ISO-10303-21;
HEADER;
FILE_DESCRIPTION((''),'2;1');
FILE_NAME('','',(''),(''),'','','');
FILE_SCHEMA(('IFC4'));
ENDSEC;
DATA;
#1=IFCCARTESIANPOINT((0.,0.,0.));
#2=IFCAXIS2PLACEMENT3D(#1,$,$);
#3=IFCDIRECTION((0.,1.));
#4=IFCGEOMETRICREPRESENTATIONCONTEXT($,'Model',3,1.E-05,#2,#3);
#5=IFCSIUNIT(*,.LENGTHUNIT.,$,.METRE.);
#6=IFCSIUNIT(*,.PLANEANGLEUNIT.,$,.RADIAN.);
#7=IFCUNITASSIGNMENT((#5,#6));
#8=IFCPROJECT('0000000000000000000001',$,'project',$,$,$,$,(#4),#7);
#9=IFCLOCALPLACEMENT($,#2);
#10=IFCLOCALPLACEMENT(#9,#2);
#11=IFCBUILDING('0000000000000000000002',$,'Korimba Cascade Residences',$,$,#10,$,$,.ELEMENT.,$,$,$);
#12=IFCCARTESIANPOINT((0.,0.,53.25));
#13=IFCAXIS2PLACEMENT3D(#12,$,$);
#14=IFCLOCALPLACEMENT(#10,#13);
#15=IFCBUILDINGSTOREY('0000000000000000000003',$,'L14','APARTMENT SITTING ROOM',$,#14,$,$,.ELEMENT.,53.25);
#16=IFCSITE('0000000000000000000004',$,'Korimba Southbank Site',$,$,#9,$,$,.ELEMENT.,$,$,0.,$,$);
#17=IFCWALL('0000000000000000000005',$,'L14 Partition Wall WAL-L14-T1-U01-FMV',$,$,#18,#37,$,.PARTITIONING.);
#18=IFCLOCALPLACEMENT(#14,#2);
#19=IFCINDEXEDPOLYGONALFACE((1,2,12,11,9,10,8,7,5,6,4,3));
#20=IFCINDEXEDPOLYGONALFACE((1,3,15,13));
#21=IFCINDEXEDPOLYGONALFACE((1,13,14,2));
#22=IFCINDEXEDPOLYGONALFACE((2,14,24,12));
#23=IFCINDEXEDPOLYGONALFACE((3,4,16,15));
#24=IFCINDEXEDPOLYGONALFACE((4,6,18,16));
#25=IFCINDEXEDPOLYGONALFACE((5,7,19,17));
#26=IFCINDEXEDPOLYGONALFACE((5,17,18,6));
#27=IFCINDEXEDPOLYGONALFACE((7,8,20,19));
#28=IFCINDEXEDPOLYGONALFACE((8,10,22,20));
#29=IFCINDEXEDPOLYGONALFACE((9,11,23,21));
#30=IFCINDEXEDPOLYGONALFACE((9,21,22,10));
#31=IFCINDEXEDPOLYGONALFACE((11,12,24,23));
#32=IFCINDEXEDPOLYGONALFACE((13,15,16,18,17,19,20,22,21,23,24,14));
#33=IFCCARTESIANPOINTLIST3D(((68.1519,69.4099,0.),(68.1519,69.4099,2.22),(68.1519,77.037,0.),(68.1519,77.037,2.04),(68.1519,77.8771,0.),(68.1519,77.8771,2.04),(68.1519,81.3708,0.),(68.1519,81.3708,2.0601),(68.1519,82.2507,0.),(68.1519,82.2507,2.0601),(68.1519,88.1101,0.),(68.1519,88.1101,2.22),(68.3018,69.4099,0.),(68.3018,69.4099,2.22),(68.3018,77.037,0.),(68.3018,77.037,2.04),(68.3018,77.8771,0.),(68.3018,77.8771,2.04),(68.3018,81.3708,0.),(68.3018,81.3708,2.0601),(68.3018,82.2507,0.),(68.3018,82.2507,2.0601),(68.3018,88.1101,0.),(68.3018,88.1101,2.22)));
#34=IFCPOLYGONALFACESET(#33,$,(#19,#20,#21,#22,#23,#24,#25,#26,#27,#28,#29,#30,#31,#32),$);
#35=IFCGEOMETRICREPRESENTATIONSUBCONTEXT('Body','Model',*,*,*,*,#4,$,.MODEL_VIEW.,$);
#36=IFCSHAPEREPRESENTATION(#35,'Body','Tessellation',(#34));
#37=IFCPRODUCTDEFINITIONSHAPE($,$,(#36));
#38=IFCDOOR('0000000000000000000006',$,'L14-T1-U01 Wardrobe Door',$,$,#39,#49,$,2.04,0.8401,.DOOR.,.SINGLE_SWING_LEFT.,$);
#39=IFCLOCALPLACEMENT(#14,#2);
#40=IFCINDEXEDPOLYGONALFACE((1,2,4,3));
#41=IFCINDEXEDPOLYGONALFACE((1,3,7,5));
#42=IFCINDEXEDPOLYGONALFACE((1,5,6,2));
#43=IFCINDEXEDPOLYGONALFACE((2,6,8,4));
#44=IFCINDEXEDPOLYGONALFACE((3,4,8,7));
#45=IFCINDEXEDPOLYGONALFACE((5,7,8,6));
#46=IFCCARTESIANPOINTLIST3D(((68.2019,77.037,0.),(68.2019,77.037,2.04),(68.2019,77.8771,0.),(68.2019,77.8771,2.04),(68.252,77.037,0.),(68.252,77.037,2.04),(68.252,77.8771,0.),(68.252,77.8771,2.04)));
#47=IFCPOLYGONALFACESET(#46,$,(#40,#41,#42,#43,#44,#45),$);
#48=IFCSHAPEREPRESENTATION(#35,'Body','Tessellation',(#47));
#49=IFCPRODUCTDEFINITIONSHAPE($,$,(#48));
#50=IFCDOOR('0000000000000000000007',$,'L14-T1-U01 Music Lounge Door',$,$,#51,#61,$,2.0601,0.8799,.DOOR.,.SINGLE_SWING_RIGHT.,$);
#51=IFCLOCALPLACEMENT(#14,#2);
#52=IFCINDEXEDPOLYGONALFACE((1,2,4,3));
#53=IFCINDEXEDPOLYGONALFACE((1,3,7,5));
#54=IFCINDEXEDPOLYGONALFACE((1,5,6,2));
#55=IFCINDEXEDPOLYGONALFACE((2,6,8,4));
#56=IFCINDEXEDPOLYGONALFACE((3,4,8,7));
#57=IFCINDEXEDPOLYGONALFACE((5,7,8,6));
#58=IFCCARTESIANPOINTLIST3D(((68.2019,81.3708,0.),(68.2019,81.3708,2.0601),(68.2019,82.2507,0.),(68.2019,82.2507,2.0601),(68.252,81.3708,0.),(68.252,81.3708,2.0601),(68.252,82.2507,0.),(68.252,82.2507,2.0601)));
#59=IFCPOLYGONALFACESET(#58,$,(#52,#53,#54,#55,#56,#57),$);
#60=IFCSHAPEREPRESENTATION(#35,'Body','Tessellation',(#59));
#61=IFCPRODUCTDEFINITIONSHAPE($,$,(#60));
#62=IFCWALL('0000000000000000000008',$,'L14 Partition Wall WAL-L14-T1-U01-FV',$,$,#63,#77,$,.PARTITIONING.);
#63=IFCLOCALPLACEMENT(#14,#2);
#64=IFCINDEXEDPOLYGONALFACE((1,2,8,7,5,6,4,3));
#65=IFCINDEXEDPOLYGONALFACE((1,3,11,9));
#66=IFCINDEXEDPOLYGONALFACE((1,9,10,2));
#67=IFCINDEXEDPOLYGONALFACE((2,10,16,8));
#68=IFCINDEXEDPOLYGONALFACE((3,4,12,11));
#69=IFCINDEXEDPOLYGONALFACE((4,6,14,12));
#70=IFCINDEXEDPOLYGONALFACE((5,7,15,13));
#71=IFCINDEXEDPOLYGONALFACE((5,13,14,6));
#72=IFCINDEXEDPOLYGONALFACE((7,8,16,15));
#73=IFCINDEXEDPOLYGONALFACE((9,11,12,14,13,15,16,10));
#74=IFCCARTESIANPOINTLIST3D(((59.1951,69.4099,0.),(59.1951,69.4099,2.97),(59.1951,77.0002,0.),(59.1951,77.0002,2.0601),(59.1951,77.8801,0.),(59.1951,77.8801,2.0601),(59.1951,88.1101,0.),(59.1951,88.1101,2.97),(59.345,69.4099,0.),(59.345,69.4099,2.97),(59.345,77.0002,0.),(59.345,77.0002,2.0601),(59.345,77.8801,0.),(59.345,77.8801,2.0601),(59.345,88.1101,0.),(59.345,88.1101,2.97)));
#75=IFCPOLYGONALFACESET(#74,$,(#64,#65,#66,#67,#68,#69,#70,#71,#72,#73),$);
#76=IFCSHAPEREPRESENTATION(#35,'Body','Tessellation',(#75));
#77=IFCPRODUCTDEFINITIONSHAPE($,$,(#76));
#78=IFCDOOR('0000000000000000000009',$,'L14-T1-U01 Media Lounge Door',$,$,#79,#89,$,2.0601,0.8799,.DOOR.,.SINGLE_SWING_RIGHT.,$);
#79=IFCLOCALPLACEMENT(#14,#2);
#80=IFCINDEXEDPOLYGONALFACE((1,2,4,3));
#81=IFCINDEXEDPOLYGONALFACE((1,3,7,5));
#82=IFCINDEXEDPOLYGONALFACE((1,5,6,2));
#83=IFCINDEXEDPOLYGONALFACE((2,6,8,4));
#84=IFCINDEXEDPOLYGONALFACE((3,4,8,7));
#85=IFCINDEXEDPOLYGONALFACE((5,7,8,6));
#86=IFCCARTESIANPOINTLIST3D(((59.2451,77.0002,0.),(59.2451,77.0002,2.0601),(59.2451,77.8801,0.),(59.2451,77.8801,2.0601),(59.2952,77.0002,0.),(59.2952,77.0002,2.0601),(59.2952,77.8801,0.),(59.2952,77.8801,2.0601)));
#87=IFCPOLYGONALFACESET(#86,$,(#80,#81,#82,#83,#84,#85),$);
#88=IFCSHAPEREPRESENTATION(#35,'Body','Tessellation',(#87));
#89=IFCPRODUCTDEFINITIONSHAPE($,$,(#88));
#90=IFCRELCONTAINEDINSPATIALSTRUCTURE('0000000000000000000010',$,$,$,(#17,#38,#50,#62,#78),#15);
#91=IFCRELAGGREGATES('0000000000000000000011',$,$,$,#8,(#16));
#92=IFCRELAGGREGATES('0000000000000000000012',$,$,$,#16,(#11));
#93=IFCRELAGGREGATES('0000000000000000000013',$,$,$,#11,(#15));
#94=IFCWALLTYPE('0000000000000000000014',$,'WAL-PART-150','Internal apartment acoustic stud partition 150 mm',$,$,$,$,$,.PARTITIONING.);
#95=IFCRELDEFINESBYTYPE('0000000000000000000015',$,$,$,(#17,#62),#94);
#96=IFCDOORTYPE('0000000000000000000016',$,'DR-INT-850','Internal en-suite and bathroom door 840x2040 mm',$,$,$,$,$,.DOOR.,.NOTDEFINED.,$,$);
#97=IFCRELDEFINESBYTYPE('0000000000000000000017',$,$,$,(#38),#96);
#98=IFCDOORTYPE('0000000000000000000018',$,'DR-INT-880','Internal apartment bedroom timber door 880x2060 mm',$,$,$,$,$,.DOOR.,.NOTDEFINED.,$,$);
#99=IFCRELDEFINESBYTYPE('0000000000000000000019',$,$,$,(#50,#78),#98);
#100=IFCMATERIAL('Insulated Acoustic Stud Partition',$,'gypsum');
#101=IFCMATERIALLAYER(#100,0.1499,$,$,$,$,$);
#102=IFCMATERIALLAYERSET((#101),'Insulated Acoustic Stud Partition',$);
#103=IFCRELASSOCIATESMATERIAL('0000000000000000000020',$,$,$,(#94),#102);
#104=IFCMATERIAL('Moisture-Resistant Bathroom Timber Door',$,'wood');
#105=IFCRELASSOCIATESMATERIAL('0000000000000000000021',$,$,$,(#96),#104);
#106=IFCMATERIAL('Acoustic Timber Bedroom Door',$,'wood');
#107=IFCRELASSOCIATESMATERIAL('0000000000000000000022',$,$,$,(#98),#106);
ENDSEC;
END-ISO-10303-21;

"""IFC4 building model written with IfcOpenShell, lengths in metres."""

from ifc_helpers import new_model, si_unit, direction, frame, frame_2d, origin, place, context, subcontext, project, spatial, rectangle, extrude, material, layer, layer_set, type_object, element, fill, save


model = new_model("IFC4")

# Units and contexts
model_context = context("Model", 3, precision=1e-05, world=origin(), true_north=direction((0.0, 1.0)))
body_context = subcontext(model_context, "Body", "Model", "MODEL_VIEW")
ifc_project = project(units=[si_unit("LENGTHUNIT", "METRE"), si_unit("PLANEANGLEUNIT", "RADIAN")], contexts=[model_context])

# Site, building, storey
site_placement = place(None, origin())
site = spatial("IfcSite", under=ifc_project, at=site_placement, Name="Korimba Southbank Site", CompositionType="ELEMENT", RefElevation=0.0)
building_placement = place(site_placement, origin())
building = spatial("IfcBuilding", under=site, at=building_placement, Name="Korimba Cascade Residences", CompositionType="ELEMENT")
storey_placement = place(building_placement, frame((0.0, 0.0, 53.25)))
storey = spatial("IfcBuildingStorey", under=building, at=storey_placement, Name="L14", Description="APARTMENT SITTING ROOM", CompositionType="ELEMENT", Elevation=53.25)

# Shared definitions
ifc_material_1 = material(Name="Insulated Acoustic Stud Partition", Category="gypsum")
ifc_layer_1 = layer(ifc_material_1, 0.1499)
ifc_layer_set_1 = layer_set([ifc_layer_1], Name="Insulated Acoustic Stud Partition")
wall_type_1 = type_object("IfcWallType", Name="WAL-PART-150", Description="Internal apartment acoustic stud partition 150 mm", PredefinedType="PARTITIONING", material=ifc_layer_set_1)
ifc_material_2 = material(Name="Moisture-Resistant Bathroom Timber Door", Category="wood")
door_type_1 = type_object("IfcDoorType", Name="DR-INT-850", Description="Internal en-suite and bathroom door 840x2040 mm", OperationType="NOTDEFINED", PredefinedType="DOOR", material=ifc_material_2)

# Wall, openings, doors
wall_1_placement = place(storey_placement, frame((68.2268, 69.4099, 0.0), z_axis=(0.0, 0.0, 1.0), x_axis=(0.0, 1.0, 0.0)))
wall_1 = element("IfcWall", 1, at=wall_1_placement, inside=storey, type_object=wall_type_1, Name="L14 Partition Wall WAL-L14-T1-U01-FMV", PredefinedType="PARTITIONING", context=body_context, shape_type="SweptSolid", body=[
    extrude(rectangle(XDim=18.7002, YDim=0.1499, at=frame_2d((9.3501, 0.0))), origin(), (0.0, 0.0, 1.0), 2.22),
])
opening_1_placement = place(wall_1_placement, frame((7.6272, 0.0, 0.0)))
opening_1 = element("IfcOpeningElement", 2, at=opening_1_placement, cuts=wall_1, PredefinedType="OPENING", context=body_context, shape_type="SweptSolid", body=[
    extrude(rectangle(XDim=0.8401, YDim=2.04, at=frame_2d((0.4199, 1.02))), frame((0.0, 0.085, 0.0), z_axis=(0.0, -1.0, 0.0), x_axis=(1.0, 0.0, 0.0)), (0.0, 0.0, 1.0), 0.1699),
])
opening_2_placement = place(wall_1_placement, frame((11.9609, 0.0, 0.0)))
opening_2 = element("IfcOpeningElement", 3, at=opening_2_placement, cuts=wall_1, PredefinedType="OPENING", context=body_context, shape_type="SweptSolid", body=[
    extrude(rectangle(XDim=0.8799, YDim=2.0601, at=frame_2d((0.4399, 1.03))), frame((0.0, 0.085, 0.0), z_axis=(0.0, -1.0, 0.0), x_axis=(1.0, 0.0, 0.0)), (0.0, 0.0, 1.0), 0.1699),
])
door_1_placement = place(opening_1_placement, origin())
door_1 = element("IfcDoor", 4, at=door_1_placement, inside=storey, type_object=door_type_1, Name="L14-T1-U01 Wardrobe Door", OperationType="SINGLE_SWING_LEFT", OverallHeight=2.04, OverallWidth=0.8401, PredefinedType="DOOR", context=body_context, shape_type="SweptSolid", body=[
    extrude(rectangle(XDim=0.8401, YDim=2.04, at=frame_2d((0.4199, 1.02))), frame((0.0, 0.0249, 0.0), z_axis=(0.0, -1.0, 0.0), x_axis=(1.0, 0.0, 0.0)), (0.0, 0.0, 1.0), 0.05),
])
fill(opening_1, door_1)
ifc_material_3 = material(Name="Acoustic Timber Bedroom Door", Category="wood")
door_type_2 = type_object("IfcDoorType", Name="DR-INT-880", Description="Internal apartment bedroom timber door 880x2060 mm", OperationType="NOTDEFINED", PredefinedType="DOOR", material=ifc_material_3)
door_2_placement = place(opening_2_placement, origin())
door_2 = element("IfcDoor", 5, at=door_2_placement, inside=storey, type_object=door_type_2, Name="L14-T1-U01 Music Lounge Door", OperationType="SINGLE_SWING_RIGHT", OverallHeight=2.0601, OverallWidth=0.8799, PredefinedType="DOOR", context=body_context, shape_type="SweptSolid", body=[
    extrude(rectangle(XDim=0.8799, YDim=2.0601, at=frame_2d((0.4399, 1.03))), frame((0.0, 0.0249, 0.0), z_axis=(0.0, -1.0, 0.0), x_axis=(1.0, 0.0, 0.0)), (0.0, 0.0, 1.0), 0.05),
])
fill(opening_2, door_2)

# Wall, opening, door
wall_2_placement = place(storey_placement, frame((59.27, 69.4099, 0.0), z_axis=(0.0, 0.0, 1.0), x_axis=(0.0, 1.0, 0.0)))
wall_2 = element("IfcWall", 6, at=wall_2_placement, inside=storey, type_object=wall_type_1, Name="L14 Partition Wall WAL-L14-T1-U01-FV", PredefinedType="PARTITIONING", context=body_context, shape_type="SweptSolid", body=[
    extrude(rectangle(XDim=18.7002, YDim=0.1499, at=frame_2d((9.3501, 0.0))), origin(), (0.0, 0.0, 1.0), 2.97),
])
opening_3_placement = place(wall_2_placement, frame((7.5903, 0.0, 0.0)))
opening_3 = element("IfcOpeningElement", 7, at=opening_3_placement, cuts=wall_2, PredefinedType="OPENING", context=body_context, shape_type="SweptSolid", body=[
    extrude(rectangle(XDim=0.8799, YDim=2.0601, at=frame_2d((0.4399, 1.03))), frame((0.0, 0.085, 0.0), z_axis=(0.0, -1.0, 0.0), x_axis=(1.0, 0.0, 0.0)), (0.0, 0.0, 1.0), 0.1699),
])
door_3_placement = place(opening_3_placement, origin())
door_3 = element("IfcDoor", 8, at=door_3_placement, inside=storey, type_object=door_type_2, Name="L14-T1-U01 Media Lounge Door", OperationType="SINGLE_SWING_RIGHT", OverallHeight=2.0601, OverallWidth=0.8799, PredefinedType="DOOR", context=body_context, shape_type="SweptSolid", body=[
    extrude(rectangle(XDim=0.8799, YDim=2.0601, at=frame_2d((0.4399, 1.03))), frame((0.0, 0.0249, 0.0), z_axis=(0.0, -1.0, 0.0), x_axis=(1.0, 0.0, 0.0)), (0.0, 0.0, 1.0), 0.05),
])
fill(opening_3, door_3)

save(model, "model.ifc")
